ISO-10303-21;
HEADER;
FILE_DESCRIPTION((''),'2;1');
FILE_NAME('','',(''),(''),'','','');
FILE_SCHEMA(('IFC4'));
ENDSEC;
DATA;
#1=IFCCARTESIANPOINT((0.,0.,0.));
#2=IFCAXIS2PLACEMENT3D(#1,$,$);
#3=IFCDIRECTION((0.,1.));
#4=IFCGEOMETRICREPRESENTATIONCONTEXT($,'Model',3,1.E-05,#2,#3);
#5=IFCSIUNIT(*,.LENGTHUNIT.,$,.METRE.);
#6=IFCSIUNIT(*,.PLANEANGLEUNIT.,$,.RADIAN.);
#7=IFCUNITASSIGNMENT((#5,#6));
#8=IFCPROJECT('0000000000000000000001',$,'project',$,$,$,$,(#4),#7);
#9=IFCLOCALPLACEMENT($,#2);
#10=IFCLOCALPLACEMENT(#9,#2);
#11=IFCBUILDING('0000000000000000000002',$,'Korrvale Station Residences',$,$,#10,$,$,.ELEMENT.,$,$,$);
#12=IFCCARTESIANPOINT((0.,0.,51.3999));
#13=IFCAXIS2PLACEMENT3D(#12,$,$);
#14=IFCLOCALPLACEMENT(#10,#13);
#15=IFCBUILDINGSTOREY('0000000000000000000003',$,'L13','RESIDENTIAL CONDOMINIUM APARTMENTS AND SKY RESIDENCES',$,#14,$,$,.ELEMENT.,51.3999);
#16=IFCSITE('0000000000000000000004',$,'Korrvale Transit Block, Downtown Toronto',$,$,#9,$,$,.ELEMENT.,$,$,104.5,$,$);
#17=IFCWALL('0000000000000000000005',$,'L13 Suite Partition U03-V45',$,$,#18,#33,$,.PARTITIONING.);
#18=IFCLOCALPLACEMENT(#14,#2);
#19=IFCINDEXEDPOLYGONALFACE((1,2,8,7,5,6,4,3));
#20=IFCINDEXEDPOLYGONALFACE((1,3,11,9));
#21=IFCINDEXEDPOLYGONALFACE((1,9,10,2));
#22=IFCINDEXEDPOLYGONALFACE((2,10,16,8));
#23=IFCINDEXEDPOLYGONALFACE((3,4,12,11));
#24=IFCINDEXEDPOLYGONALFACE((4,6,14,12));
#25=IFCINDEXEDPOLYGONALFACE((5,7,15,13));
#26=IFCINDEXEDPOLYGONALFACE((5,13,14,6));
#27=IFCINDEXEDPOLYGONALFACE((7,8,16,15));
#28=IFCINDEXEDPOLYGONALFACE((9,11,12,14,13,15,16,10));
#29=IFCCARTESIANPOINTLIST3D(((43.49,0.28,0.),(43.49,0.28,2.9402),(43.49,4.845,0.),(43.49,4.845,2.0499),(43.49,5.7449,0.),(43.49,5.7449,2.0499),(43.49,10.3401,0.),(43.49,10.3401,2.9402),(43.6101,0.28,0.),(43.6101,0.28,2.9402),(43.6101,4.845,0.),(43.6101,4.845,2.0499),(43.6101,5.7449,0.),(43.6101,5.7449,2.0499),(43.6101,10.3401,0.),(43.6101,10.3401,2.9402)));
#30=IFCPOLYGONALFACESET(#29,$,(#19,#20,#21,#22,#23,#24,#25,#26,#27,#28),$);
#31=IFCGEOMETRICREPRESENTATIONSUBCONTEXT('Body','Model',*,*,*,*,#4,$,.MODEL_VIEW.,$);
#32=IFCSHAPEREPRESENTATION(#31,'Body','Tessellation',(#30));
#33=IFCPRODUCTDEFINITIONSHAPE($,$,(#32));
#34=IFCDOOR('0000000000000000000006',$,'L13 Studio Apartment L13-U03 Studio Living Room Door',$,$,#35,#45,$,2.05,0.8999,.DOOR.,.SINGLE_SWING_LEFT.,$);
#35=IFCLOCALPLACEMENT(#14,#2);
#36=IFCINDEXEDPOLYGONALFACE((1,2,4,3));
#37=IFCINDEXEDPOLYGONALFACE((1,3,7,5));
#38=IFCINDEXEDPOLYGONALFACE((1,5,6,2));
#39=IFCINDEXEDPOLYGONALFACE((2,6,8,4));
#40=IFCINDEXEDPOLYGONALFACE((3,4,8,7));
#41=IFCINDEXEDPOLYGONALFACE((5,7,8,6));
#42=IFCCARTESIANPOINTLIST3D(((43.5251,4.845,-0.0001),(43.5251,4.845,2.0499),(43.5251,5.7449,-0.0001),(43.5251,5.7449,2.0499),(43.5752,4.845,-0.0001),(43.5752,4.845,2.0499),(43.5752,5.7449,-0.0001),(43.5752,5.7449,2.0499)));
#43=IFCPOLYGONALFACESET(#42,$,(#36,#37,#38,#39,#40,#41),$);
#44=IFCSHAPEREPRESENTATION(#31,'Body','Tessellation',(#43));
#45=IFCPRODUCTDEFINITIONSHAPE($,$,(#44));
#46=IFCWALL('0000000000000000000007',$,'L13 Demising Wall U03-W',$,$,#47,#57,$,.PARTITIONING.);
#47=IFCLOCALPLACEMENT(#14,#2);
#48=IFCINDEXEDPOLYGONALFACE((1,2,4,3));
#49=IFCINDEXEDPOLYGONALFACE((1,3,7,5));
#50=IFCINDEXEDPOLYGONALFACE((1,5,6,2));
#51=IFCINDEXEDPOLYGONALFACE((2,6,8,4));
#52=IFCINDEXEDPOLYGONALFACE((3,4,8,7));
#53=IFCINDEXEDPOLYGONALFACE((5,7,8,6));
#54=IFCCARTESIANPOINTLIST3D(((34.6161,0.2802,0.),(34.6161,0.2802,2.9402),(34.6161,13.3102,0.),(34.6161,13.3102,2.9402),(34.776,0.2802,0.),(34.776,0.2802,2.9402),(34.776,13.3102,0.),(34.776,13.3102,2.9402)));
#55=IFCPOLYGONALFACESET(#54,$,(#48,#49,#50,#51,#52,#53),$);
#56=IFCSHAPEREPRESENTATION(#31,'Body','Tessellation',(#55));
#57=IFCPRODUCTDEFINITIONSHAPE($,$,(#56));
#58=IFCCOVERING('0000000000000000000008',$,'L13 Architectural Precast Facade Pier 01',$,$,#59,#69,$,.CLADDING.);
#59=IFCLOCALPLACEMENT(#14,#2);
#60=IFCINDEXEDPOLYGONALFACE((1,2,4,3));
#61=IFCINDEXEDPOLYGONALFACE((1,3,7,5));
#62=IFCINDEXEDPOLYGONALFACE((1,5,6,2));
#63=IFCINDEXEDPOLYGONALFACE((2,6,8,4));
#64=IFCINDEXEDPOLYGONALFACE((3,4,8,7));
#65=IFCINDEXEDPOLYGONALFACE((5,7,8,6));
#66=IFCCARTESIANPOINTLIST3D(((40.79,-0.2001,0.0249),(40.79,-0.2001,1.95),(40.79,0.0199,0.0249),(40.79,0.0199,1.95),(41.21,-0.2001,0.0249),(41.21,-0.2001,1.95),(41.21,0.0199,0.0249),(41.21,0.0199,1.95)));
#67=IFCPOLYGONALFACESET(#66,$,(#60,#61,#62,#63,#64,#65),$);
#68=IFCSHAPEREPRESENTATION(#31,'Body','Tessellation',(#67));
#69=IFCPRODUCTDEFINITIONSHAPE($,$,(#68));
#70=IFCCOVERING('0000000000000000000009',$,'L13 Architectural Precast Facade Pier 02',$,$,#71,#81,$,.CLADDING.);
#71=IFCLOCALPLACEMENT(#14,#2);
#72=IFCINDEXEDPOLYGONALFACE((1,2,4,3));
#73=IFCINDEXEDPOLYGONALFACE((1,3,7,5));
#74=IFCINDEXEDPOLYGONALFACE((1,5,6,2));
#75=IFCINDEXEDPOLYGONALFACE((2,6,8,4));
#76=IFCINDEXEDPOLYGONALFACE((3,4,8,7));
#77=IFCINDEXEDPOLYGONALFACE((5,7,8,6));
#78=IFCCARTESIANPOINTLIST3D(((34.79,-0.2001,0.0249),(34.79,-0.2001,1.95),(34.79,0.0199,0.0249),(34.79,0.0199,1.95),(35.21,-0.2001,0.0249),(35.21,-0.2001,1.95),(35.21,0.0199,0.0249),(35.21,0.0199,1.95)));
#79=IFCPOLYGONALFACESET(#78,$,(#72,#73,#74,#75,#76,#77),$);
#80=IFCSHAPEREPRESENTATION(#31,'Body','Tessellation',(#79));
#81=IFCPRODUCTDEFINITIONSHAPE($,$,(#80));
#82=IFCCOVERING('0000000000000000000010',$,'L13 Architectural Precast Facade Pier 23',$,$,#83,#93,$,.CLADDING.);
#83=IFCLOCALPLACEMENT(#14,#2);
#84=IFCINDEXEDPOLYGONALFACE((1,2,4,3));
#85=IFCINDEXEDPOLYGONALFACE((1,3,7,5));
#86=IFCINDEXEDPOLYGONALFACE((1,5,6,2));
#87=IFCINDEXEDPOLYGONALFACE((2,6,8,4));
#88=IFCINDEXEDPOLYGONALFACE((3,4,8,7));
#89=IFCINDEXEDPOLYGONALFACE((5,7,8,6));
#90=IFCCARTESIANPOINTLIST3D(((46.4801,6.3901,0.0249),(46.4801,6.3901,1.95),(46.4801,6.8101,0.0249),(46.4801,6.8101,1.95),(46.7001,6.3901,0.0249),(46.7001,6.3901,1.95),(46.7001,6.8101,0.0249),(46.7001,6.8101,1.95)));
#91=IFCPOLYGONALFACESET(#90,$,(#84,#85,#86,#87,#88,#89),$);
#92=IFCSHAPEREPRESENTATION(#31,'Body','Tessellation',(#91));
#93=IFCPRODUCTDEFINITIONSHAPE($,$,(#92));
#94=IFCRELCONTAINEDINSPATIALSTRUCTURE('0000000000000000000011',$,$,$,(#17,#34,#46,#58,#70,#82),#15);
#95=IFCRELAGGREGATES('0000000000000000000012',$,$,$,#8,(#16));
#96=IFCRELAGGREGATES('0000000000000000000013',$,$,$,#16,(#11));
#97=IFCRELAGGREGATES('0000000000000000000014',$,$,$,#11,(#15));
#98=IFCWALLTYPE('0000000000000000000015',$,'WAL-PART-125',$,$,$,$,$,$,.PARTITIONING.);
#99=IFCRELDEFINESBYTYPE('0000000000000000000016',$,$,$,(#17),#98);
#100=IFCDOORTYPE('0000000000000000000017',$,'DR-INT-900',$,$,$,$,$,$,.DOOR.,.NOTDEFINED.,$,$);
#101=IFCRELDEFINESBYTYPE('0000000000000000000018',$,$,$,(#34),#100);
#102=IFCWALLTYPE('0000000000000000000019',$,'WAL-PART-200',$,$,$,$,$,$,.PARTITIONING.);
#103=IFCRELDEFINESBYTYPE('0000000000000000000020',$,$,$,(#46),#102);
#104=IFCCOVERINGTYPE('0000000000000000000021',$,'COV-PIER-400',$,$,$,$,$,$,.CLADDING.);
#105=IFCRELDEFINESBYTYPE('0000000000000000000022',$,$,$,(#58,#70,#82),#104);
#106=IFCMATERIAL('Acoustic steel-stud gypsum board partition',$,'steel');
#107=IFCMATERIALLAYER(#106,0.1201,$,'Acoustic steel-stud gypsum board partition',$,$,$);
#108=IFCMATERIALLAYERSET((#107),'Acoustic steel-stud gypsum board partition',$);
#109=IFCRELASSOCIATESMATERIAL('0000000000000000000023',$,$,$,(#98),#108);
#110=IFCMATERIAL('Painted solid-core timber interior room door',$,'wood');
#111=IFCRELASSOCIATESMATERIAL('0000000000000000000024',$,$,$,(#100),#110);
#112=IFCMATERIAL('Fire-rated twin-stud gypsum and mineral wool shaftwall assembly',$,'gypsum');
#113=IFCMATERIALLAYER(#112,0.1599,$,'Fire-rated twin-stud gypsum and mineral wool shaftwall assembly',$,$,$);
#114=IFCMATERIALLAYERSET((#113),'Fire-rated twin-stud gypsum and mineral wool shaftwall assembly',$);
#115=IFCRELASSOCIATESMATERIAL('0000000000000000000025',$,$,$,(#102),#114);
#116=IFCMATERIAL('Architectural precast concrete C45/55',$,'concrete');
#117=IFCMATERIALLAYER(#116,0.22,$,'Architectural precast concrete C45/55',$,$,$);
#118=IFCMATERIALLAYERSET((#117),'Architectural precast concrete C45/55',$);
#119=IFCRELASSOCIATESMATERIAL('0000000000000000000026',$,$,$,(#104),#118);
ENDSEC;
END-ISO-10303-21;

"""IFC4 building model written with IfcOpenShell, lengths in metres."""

from ifc_helpers import new_model, si_unit, direction, frame, frame_2d, origin, origin_2d, place, context, subcontext, project, spatial, rectangle, extrude, material, layer, layer_set, type_object, element, fill, save


model = new_model("IFC4")

# Units and contexts
model_context = context("Model", 3, precision=1e-05, world=origin(), true_north=direction((0.0, 1.0)))
body_context = subcontext(model_context, "Body", "Model", "MODEL_VIEW")
ifc_project = project(units=[si_unit("LENGTHUNIT", "METRE"), si_unit("PLANEANGLEUNIT", "RADIAN")], contexts=[model_context])

# Site, building, storey
site_placement = place(None, origin())
site = spatial("IfcSite", under=ifc_project, at=site_placement, Name="Korrvale Transit Block, Downtown Toronto", CompositionType="ELEMENT", RefElevation=104.5)
building_placement = place(site_placement, origin())
building = spatial("IfcBuilding", under=site, at=building_placement, Name="Korrvale Station Residences", CompositionType="ELEMENT")
storey_placement = place(building_placement, frame((0.0, 0.0, 51.3999)))
storey = spatial("IfcBuildingStorey", under=building, at=storey_placement, Name="L13", Description="RESIDENTIAL CONDOMINIUM APARTMENTS AND SKY RESIDENCES", CompositionType="ELEMENT", Elevation=51.3999)

# Wall, opening, door
ifc_material_1 = material(Name="Acoustic steel-stud gypsum board partition", Category="steel")
ifc_layer_1 = layer(ifc_material_1, 0.1201, Name="Acoustic steel-stud gypsum board partition")
ifc_layer_set_1 = layer_set([ifc_layer_1], Name="Acoustic steel-stud gypsum board partition")
wall_type_1 = type_object("IfcWallType", Name="WAL-PART-125", PredefinedType="PARTITIONING", material=ifc_layer_set_1)
ifc_material_2 = material(Name="Painted solid-core timber interior room door", Category="wood")
door_type = type_object("IfcDoorType", Name="DR-INT-900", OperationType="NOTDEFINED", PredefinedType="DOOR", material=ifc_material_2)
wall_1_placement = place(storey_placement, frame((43.55, 0.28, 0.0), z_axis=(0.0, 0.0, 1.0), x_axis=(0.0, 1.0, 0.0)))
wall_1 = element("IfcWall", 1, at=wall_1_placement, inside=storey, type_object=wall_type_1, Name="L13 Suite Partition U03-V45", PredefinedType="PARTITIONING", context=body_context, shape_type="SweptSolid", body=[
    extrude(rectangle(XDim=10.0601, YDim=0.1201, at=frame_2d((5.03, 0.0))), origin(), (0.0, 0.0, 1.0), 2.9402),
])
opening_1_placement = place(wall_1_placement, frame((4.5649, 0.0, 0.0)))
opening_1 = element("IfcOpeningElement", 2, at=opening_1_placement, cuts=wall_1, PredefinedType="OPENING", context=body_context, shape_type="SweptSolid", body=[
    extrude(rectangle(XDim=0.8999, YDim=2.05, at=frame_2d((0.45, 1.0249))), frame((0.0, 0.0701, 0.0), z_axis=(0.0, -1.0, 0.0), x_axis=(1.0, 0.0, 0.0)), (0.0, 0.0, 1.0), 0.1401),
])
door_1_placement = place(opening_1_placement, origin())
door_1 = element("IfcDoor", 3, at=door_1_placement, inside=storey, type_object=door_type, Name="L13 Studio Apartment L13-U03 Studio Living Room Door", OperationType="SINGLE_SWING_LEFT", OverallHeight=2.05, OverallWidth=0.8999, PredefinedType="DOOR", context=body_context, shape_type="SweptSolid", body=[
    extrude(rectangle(XDim=0.8999, YDim=2.05, at=frame_2d((0.45, 1.0249))), frame((0.0, 0.0249, 0.0), z_axis=(0.0, -1.0, 0.0), x_axis=(1.0, 0.0, 0.0)), (0.0, 0.0, 1.0), 0.05),
])
fill(opening_1, door_1)

# Wall
ifc_material_3 = material(Name="Fire-rated twin-stud gypsum and mineral wool shaftwall assembly", Category="gypsum")
ifc_layer_2 = layer(ifc_material_3, 0.1599, Name="Fire-rated twin-stud gypsum and mineral wool shaftwall assembly")
ifc_layer_set_2 = layer_set([ifc_layer_2], Name="Fire-rated twin-stud gypsum and mineral wool shaftwall assembly")
wall_type_2 = type_object("IfcWallType", Name="WAL-PART-200", PredefinedType="PARTITIONING", material=ifc_layer_set_2)
wall_2_placement = place(storey_placement, frame((34.696, 0.28, 0.0), z_axis=(0.0, 0.0, 1.0), x_axis=(0.0, 1.0, 0.0)))
element("IfcWall", 4, at=wall_2_placement, inside=storey, type_object=wall_type_2, Name="L13 Demising Wall U03-W", PredefinedType="PARTITIONING", context=body_context, shape_type="SweptSolid", body=[
    extrude(rectangle(XDim=13.03, YDim=0.1599, at=frame_2d((6.5151, 0.0))), origin(), (0.0, 0.0, 1.0), 2.9402),
])

# Coverings
ifc_material_4 = material(Name="Architectural precast concrete C45/55", Category="concrete")
ifc_layer_3 = layer(ifc_material_4, 0.22, Name="Architectural precast concrete C45/55")
ifc_layer_set_3 = layer_set([ifc_layer_3], Name="Architectural precast concrete C45/55")
covering_type = type_object("IfcCoveringType", Name="COV-PIER-400", PredefinedType="CLADDING", material=ifc_layer_set_3)
for number, where, z_axis, x_axis, name in (
    (5, (41.0, -0.0901, 0.0249), (0.0, 0.0, 1.0), (1.0, 0.0, 0.0), "L13 Architectural Precast Facade Pier 01"),
    (6, (35.0, -0.0901, 0.0249), (0.0, 0.0, 1.0), (1.0, 0.0, 0.0), "L13 Architectural Precast Facade Pier 02"),
    (7, (46.5901, 6.6001, 0.0249), (0.0, 0.0, 1.0), (0.0, 1.0, 0.0), "L13 Architectural Precast Facade Pier 23"),
):
    element("IfcCovering", number, at=place(storey_placement, frame(where, z_axis=z_axis, x_axis=x_axis)), inside=storey, type_object=covering_type, Name=name, PredefinedType="CLADDING", context=body_context, shape_type="SweptSolid", body=[
        extrude(rectangle(XDim=0.4199, YDim=0.22, at=origin_2d()), origin(), (0.0, 0.0, 1.0), 1.925),
    ])

save(model, "model.ifc")
